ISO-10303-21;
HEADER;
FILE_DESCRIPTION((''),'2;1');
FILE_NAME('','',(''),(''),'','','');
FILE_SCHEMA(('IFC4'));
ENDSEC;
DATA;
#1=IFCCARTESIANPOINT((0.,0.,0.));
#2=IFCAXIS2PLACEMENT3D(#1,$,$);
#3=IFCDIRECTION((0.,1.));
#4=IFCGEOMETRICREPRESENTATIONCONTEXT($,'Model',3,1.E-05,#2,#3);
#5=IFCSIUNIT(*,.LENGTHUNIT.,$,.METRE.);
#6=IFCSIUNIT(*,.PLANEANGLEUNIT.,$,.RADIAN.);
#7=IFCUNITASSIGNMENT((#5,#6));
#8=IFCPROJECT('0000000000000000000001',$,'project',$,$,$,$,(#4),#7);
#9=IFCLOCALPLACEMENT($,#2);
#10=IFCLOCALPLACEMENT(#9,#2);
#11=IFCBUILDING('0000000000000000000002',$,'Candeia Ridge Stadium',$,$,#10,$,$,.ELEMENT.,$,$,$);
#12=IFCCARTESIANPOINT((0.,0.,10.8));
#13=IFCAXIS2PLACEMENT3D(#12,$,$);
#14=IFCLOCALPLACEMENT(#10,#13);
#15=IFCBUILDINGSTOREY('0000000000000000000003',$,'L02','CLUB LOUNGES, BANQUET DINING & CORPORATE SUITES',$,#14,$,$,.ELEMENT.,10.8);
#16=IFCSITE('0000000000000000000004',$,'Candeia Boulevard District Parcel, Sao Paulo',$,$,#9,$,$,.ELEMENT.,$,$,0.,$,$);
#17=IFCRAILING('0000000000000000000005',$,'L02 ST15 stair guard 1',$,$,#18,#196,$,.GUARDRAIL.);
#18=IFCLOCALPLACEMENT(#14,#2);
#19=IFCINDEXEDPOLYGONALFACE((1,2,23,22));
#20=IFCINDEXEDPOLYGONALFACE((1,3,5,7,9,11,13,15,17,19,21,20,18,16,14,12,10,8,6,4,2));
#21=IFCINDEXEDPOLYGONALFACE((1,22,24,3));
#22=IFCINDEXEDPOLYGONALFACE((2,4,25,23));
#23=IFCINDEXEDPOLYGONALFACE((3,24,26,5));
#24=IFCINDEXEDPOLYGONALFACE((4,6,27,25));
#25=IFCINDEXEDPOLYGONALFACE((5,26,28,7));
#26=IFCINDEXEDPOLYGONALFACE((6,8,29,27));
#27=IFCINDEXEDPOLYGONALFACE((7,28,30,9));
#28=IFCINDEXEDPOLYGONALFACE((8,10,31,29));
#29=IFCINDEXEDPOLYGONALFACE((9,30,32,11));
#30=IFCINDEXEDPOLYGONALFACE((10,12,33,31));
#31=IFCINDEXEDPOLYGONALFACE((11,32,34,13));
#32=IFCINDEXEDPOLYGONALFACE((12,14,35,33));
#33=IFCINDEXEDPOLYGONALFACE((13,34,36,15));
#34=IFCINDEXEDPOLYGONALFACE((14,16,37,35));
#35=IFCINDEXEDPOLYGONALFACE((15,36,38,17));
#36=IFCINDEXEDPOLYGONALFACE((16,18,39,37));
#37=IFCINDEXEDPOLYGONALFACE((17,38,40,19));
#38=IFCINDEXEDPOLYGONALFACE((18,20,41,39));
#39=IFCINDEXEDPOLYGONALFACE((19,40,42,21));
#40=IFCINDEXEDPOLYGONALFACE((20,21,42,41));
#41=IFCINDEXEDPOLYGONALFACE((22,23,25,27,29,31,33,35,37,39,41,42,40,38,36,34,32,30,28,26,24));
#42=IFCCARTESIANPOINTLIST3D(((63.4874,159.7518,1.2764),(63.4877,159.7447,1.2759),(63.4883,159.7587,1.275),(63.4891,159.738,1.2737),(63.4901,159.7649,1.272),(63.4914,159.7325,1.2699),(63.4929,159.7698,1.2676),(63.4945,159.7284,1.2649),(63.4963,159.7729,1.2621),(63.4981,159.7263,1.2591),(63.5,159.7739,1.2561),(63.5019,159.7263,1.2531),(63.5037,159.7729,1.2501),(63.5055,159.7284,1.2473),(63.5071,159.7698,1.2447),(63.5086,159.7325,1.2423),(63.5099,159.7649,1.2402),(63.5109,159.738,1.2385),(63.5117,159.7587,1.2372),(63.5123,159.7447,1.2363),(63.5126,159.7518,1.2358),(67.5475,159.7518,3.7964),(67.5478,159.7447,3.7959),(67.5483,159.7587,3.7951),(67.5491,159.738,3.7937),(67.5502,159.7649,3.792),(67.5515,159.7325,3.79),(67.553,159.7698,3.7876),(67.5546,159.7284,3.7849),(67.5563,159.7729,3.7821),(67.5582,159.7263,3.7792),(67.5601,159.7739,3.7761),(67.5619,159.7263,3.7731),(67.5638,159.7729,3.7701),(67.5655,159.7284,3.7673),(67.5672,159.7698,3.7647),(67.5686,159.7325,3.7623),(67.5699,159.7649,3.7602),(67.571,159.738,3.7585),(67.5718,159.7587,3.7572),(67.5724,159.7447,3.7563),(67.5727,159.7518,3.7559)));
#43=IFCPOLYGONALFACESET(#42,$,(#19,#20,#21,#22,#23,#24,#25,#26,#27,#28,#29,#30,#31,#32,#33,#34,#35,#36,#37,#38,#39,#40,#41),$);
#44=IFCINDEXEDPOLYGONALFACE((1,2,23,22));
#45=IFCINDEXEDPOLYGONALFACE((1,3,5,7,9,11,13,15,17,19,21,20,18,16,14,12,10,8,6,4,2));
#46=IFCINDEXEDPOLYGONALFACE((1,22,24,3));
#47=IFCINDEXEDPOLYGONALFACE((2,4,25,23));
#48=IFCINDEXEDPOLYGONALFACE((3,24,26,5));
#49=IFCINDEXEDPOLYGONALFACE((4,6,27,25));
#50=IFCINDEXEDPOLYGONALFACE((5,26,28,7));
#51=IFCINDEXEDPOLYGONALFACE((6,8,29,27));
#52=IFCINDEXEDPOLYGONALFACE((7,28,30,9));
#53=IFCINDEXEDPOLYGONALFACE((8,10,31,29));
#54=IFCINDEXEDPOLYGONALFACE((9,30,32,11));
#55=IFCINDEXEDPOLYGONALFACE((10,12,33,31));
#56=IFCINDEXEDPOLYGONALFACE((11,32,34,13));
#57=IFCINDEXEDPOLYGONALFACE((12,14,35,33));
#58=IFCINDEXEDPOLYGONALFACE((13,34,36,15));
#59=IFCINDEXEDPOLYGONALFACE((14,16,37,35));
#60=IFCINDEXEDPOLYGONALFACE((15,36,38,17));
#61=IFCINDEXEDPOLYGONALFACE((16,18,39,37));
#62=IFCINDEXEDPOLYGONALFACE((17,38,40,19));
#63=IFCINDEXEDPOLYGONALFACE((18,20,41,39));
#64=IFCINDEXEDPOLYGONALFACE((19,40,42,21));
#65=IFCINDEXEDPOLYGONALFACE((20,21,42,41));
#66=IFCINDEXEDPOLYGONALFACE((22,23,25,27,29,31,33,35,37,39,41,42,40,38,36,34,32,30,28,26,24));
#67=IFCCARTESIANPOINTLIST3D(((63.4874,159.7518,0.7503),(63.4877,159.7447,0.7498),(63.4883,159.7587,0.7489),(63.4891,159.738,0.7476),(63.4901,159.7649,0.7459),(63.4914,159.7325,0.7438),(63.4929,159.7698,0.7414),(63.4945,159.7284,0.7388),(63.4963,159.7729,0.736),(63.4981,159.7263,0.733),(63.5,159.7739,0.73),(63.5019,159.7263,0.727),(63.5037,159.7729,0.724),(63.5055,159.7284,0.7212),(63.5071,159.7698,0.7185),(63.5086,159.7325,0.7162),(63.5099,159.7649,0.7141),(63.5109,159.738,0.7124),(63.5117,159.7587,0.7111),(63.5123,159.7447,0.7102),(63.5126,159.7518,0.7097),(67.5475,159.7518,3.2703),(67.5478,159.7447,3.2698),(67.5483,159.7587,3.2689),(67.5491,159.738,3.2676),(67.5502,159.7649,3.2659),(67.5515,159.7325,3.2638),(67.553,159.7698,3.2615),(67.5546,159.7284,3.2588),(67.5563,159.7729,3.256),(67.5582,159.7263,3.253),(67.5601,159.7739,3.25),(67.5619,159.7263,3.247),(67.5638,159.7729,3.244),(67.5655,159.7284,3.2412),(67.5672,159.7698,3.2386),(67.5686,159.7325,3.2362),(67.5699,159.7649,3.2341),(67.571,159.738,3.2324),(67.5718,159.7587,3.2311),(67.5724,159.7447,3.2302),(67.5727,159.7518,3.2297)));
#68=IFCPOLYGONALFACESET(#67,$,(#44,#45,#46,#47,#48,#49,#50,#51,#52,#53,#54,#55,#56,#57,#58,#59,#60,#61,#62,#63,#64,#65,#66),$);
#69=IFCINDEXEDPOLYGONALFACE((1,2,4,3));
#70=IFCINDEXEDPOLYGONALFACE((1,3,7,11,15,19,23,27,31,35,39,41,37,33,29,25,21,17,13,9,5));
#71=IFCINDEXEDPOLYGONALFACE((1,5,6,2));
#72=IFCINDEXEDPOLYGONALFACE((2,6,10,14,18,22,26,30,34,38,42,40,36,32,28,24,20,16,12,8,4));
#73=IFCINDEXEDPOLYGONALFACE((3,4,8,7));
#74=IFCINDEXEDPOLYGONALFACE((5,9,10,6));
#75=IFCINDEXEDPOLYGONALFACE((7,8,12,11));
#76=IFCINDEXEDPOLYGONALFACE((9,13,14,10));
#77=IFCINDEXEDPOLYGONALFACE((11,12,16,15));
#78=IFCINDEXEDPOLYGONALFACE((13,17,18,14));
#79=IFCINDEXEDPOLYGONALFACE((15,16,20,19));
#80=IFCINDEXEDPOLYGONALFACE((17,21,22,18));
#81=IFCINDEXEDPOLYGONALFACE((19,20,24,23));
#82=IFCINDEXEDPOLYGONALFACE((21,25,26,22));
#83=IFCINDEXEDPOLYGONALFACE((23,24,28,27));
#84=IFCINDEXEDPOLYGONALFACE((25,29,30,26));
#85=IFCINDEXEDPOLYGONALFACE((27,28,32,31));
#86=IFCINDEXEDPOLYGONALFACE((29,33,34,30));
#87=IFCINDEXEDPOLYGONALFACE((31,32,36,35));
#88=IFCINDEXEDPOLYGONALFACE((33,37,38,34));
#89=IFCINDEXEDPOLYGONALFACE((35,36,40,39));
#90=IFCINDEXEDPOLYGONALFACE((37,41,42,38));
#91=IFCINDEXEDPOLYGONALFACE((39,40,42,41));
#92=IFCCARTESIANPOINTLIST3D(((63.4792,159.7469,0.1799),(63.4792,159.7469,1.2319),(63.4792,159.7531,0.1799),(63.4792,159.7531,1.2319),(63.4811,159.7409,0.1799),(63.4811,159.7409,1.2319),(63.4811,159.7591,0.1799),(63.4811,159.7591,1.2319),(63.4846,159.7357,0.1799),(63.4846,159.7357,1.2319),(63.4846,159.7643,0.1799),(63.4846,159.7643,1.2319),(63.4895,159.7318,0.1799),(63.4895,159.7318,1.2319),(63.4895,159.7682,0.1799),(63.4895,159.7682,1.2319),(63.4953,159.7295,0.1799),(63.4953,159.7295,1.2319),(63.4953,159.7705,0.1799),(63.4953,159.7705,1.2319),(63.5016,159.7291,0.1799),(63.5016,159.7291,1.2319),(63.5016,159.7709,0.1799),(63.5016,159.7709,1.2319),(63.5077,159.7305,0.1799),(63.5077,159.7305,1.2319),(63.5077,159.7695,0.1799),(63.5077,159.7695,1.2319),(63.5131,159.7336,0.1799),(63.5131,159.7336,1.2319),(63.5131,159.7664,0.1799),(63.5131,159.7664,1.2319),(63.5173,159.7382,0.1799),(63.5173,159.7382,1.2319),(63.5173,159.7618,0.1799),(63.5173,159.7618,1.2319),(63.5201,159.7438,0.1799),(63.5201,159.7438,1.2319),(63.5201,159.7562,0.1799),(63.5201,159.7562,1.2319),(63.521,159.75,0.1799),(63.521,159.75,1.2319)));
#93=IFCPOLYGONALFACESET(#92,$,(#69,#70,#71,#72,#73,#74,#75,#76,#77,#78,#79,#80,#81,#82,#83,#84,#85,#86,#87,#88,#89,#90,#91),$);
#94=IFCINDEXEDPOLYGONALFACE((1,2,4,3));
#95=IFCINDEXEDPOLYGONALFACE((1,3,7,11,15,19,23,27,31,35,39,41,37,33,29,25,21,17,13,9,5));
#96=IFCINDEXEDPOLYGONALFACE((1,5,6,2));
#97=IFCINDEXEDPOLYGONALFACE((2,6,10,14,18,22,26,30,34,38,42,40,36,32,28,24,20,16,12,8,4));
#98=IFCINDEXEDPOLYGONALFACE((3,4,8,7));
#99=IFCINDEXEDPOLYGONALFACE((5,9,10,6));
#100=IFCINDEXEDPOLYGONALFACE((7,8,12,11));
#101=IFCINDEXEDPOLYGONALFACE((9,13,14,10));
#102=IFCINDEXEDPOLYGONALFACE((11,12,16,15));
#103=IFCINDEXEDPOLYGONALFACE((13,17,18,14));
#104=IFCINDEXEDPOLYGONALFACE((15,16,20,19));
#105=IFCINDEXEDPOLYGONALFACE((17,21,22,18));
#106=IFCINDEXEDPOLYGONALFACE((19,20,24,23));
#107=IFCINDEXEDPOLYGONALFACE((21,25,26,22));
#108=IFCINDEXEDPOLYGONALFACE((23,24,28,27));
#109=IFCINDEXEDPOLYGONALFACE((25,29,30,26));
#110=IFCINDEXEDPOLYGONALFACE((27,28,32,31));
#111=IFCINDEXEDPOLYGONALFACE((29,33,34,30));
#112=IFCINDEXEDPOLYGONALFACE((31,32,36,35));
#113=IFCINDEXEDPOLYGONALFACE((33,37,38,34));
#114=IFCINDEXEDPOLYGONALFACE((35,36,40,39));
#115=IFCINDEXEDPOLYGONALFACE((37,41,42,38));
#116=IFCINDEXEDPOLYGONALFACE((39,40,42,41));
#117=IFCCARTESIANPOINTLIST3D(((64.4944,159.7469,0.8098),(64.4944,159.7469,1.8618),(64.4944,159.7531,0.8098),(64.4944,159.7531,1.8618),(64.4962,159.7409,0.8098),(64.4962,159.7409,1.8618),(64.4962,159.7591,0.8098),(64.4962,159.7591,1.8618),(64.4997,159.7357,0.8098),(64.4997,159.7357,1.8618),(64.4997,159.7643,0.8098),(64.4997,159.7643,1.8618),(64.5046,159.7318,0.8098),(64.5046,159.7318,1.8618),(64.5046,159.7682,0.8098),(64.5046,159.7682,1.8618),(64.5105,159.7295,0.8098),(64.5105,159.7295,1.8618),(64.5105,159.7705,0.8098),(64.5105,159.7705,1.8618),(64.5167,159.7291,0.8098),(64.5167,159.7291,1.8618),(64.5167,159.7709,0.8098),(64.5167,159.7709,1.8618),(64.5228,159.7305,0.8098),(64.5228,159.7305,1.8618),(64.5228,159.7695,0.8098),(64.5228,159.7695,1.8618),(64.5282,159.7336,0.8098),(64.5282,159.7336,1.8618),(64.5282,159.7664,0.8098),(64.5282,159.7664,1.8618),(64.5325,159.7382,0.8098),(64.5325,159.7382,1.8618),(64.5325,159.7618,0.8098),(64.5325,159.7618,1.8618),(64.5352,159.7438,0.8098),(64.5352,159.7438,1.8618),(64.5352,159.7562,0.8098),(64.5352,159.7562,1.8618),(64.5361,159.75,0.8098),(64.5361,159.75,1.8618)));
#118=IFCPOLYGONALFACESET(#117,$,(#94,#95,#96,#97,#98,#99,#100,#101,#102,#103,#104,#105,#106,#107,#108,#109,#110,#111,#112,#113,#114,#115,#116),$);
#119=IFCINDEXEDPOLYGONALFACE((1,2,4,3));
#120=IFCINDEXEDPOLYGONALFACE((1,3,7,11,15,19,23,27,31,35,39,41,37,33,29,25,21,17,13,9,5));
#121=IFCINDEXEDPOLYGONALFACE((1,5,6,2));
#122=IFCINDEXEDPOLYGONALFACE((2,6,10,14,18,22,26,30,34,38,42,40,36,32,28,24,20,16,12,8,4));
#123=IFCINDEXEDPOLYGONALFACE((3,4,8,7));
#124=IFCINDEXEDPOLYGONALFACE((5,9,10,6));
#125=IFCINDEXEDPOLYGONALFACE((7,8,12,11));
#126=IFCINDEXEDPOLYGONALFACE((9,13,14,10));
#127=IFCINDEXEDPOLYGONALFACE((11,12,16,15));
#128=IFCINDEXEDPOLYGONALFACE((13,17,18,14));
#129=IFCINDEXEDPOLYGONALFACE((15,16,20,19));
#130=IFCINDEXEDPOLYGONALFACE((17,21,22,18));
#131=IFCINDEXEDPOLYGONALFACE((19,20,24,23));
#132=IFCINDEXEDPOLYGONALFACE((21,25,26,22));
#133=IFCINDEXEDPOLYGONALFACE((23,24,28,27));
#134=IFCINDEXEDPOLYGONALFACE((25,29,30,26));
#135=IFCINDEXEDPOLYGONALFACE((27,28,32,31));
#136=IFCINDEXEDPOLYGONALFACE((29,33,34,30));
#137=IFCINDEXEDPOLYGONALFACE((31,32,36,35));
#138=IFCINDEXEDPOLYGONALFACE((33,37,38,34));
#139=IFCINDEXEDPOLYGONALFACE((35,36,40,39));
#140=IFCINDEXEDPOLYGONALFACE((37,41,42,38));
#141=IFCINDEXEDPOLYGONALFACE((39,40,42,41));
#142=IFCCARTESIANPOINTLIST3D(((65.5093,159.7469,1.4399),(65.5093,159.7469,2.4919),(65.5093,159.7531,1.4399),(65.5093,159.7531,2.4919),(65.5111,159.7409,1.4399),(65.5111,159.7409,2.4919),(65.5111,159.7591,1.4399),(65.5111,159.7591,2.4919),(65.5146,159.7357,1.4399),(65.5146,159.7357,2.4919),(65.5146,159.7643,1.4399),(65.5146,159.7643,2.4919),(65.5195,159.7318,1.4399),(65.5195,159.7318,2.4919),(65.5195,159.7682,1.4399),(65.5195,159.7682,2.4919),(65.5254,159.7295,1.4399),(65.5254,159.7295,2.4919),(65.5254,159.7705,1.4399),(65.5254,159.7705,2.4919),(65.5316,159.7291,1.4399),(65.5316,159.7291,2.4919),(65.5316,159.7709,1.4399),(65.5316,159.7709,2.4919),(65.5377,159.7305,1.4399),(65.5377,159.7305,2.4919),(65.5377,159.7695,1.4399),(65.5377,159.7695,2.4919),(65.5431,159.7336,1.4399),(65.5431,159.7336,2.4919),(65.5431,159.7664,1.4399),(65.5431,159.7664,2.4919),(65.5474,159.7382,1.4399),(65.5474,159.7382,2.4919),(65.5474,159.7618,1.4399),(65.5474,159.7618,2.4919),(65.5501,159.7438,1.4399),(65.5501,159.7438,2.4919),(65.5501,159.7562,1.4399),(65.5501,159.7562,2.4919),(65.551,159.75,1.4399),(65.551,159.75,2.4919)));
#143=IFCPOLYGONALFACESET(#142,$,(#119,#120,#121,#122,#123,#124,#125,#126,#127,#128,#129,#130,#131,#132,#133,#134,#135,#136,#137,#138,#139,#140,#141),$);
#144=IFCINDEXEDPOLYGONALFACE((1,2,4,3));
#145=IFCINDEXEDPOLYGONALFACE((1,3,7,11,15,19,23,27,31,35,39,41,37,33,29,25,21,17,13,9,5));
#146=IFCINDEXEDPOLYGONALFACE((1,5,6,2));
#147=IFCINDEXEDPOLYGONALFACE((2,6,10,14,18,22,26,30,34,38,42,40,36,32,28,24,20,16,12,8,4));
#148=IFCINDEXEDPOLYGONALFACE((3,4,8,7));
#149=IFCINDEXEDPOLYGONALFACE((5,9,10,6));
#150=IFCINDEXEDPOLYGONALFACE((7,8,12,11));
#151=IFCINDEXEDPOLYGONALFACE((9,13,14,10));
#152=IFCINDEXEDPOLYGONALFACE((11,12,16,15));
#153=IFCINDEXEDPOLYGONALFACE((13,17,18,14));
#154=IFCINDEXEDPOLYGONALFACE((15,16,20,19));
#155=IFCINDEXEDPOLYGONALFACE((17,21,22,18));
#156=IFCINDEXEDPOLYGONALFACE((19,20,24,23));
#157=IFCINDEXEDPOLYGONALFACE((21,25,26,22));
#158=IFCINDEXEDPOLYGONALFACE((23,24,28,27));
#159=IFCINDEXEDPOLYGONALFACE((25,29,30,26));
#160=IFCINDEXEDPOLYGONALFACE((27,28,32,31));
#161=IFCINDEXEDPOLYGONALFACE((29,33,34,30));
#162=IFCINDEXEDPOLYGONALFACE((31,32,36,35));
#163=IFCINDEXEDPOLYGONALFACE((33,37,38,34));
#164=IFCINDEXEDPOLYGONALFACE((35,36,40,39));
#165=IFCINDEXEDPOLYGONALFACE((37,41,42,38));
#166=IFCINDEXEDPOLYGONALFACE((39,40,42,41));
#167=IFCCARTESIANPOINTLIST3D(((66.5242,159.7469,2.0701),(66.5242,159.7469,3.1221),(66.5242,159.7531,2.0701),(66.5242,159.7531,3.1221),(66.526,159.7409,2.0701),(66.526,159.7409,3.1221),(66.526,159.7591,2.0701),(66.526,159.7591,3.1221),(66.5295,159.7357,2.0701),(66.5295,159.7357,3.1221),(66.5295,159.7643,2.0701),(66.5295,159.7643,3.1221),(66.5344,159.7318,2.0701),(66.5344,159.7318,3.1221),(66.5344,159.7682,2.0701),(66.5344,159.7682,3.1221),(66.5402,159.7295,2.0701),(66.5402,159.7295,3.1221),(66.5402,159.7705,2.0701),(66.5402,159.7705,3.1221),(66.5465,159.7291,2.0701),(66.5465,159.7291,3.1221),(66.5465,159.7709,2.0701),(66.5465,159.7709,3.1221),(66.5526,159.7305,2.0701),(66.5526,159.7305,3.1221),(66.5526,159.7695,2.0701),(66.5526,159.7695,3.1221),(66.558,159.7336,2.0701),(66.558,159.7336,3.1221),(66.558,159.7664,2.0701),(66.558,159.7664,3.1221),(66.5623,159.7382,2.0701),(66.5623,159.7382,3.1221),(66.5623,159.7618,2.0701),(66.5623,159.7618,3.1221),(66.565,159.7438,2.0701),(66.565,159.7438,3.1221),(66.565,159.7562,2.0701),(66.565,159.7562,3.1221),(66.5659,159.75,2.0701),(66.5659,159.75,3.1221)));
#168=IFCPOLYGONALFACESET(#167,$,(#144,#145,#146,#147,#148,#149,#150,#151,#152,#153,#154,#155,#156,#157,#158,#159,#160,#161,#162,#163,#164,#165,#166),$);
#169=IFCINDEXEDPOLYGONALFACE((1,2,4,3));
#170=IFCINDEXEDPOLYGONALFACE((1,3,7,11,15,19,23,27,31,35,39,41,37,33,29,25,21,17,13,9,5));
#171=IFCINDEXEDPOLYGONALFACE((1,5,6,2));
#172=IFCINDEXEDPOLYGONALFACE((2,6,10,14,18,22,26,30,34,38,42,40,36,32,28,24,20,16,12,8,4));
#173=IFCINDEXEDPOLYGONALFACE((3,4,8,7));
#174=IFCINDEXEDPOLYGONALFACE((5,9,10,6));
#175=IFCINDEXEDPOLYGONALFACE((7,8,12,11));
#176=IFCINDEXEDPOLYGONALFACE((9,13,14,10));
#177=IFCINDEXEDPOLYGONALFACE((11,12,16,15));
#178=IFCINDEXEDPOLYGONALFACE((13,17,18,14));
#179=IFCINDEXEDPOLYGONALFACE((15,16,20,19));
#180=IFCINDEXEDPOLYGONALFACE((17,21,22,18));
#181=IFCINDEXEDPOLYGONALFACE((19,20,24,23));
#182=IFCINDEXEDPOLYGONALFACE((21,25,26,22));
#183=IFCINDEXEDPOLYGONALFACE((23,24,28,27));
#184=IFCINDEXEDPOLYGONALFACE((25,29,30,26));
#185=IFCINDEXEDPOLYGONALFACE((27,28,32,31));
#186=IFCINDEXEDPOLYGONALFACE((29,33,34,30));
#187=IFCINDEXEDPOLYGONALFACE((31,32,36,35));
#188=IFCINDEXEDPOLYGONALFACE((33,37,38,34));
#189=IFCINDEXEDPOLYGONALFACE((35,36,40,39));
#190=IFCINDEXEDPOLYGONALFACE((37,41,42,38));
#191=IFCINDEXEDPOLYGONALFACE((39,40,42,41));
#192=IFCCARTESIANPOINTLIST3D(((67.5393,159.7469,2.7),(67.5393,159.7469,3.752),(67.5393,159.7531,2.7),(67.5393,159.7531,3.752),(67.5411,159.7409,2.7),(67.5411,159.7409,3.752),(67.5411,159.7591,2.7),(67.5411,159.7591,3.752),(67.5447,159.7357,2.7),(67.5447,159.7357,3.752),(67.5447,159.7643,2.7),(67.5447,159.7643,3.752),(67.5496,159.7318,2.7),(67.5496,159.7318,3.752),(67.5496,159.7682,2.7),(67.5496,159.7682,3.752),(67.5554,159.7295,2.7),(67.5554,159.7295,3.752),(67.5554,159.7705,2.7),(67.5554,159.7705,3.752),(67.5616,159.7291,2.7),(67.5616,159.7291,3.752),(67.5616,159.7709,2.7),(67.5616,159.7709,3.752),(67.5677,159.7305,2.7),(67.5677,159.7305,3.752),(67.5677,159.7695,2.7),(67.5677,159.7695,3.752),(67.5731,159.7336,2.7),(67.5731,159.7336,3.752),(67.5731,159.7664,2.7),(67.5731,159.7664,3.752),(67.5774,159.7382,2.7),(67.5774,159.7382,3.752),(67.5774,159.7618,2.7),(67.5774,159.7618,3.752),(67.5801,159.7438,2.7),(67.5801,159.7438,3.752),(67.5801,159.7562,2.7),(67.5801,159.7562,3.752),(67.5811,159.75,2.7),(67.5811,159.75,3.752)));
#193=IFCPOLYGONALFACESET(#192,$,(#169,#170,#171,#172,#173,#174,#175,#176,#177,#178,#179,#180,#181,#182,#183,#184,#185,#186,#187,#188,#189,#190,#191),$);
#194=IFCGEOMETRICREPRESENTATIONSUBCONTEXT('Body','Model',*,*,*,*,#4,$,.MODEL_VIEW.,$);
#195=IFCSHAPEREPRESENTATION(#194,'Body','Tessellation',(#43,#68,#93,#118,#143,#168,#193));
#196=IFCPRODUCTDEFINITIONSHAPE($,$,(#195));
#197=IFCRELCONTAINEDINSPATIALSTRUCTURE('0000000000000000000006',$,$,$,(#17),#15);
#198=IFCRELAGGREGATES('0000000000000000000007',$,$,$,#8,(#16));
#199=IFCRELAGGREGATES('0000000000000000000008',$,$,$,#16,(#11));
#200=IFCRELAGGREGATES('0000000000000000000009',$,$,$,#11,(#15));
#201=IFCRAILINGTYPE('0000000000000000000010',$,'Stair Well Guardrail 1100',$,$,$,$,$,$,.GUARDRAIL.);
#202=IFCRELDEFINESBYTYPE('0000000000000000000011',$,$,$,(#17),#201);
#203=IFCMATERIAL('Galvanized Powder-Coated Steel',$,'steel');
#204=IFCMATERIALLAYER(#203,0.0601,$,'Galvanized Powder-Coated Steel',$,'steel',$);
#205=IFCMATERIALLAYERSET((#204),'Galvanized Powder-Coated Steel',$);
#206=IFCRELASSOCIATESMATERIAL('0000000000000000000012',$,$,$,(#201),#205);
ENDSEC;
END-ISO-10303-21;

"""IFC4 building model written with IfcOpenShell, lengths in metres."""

from ifc_helpers import new_model, si_unit, direction, frame, origin, origin_2d, place, context, subcontext, project, spatial, circle, extrude, material, layer, layer_set, type_object, element, save


model = new_model("IFC4")

# Units and contexts
model_context = context("Model", 3, precision=1e-05, world=origin(), true_north=direction((0.0, 1.0)))
body_context = subcontext(model_context, "Body", "Model", "MODEL_VIEW")
ifc_project = project(units=[si_unit("LENGTHUNIT", "METRE"), si_unit("PLANEANGLEUNIT", "RADIAN")], contexts=[model_context])

# Site, building, storey
site_placement = place(None, origin())
site = spatial("IfcSite", under=ifc_project, at=site_placement, Name="Candeia Boulevard District Parcel, Sao Paulo", CompositionType="ELEMENT", RefElevation=0.0)
building_placement = place(site_placement, origin())
building = spatial("IfcBuilding", under=site, at=building_placement, Name="Candeia Ridge Stadium", CompositionType="ELEMENT")
storey_placement = place(building_placement, frame((0.0, 0.0, 10.8)))
storey = spatial("IfcBuildingStorey", under=building, at=storey_placement, Name="L02", Description="CLUB LOUNGES, BANQUET DINING & CORPORATE SUITES", CompositionType="ELEMENT", Elevation=10.8)

# Railing
ifc_material_1 = material(Name="Galvanized Powder-Coated Steel", Category="steel")
ifc_layer_1 = layer(ifc_material_1, 0.0601, Name="Galvanized Powder-Coated Steel", Category="steel")
ifc_layer_set_1 = layer_set([ifc_layer_1], Name="Galvanized Powder-Coated Steel")
railing_type_1 = type_object("IfcRailingType", Name="Stair Well Guardrail 1100", PredefinedType="GUARDRAIL", material=ifc_layer_set_1)
railing_1_placement = place(storey_placement, frame((63.5, 159.75, 0.1799)))
element("IfcRailing", 1, at=railing_1_placement, inside=storey, type_object=railing_type_1, Name="L02 ST15 stair guard 1", PredefinedType="GUARDRAIL", context=body_context, shape_type="SweptSolid", body=[
    extrude(circle(Radius=0.0239, at=origin_2d()), frame((0.0, 0.0, 1.0762), z_axis=(0.849642, 0.0, 0.52736), x_axis=(0.0, 1.0, 0.0)), (0.0, 0.0, 1.0), 4.7786),
    extrude(circle(Radius=0.0239, at=origin_2d()), frame((0.0, 0.0, 0.55), z_axis=(0.849642, 0.0, 0.52736), x_axis=(0.0, 1.0, 0.0)), (0.0, 0.0, 1.0), 4.7786),
    extrude(circle(Radius=0.021, at=origin_2d()), origin(), (0.0, 0.0, 1.0), 1.052),
    extrude(circle(Radius=0.021, at=origin_2d()), frame((1.0151, 0.0, 0.6299)), (0.0, 0.0, 1.0), 1.052),
    extrude(circle(Radius=0.021, at=origin_2d()), frame((2.03, 0.0, 1.26)), (0.0, 0.0, 1.0), 1.052),
    extrude(circle(Radius=0.021, at=origin_2d()), frame((3.0449, 0.0, 1.8901)), (0.0, 0.0, 1.0), 1.052),
    extrude(circle(Radius=0.021, at=origin_2d()), frame((4.0601, 0.0, 2.52)), (0.0, 0.0, 1.0), 1.052),
])

save(model, "model.ifc")
